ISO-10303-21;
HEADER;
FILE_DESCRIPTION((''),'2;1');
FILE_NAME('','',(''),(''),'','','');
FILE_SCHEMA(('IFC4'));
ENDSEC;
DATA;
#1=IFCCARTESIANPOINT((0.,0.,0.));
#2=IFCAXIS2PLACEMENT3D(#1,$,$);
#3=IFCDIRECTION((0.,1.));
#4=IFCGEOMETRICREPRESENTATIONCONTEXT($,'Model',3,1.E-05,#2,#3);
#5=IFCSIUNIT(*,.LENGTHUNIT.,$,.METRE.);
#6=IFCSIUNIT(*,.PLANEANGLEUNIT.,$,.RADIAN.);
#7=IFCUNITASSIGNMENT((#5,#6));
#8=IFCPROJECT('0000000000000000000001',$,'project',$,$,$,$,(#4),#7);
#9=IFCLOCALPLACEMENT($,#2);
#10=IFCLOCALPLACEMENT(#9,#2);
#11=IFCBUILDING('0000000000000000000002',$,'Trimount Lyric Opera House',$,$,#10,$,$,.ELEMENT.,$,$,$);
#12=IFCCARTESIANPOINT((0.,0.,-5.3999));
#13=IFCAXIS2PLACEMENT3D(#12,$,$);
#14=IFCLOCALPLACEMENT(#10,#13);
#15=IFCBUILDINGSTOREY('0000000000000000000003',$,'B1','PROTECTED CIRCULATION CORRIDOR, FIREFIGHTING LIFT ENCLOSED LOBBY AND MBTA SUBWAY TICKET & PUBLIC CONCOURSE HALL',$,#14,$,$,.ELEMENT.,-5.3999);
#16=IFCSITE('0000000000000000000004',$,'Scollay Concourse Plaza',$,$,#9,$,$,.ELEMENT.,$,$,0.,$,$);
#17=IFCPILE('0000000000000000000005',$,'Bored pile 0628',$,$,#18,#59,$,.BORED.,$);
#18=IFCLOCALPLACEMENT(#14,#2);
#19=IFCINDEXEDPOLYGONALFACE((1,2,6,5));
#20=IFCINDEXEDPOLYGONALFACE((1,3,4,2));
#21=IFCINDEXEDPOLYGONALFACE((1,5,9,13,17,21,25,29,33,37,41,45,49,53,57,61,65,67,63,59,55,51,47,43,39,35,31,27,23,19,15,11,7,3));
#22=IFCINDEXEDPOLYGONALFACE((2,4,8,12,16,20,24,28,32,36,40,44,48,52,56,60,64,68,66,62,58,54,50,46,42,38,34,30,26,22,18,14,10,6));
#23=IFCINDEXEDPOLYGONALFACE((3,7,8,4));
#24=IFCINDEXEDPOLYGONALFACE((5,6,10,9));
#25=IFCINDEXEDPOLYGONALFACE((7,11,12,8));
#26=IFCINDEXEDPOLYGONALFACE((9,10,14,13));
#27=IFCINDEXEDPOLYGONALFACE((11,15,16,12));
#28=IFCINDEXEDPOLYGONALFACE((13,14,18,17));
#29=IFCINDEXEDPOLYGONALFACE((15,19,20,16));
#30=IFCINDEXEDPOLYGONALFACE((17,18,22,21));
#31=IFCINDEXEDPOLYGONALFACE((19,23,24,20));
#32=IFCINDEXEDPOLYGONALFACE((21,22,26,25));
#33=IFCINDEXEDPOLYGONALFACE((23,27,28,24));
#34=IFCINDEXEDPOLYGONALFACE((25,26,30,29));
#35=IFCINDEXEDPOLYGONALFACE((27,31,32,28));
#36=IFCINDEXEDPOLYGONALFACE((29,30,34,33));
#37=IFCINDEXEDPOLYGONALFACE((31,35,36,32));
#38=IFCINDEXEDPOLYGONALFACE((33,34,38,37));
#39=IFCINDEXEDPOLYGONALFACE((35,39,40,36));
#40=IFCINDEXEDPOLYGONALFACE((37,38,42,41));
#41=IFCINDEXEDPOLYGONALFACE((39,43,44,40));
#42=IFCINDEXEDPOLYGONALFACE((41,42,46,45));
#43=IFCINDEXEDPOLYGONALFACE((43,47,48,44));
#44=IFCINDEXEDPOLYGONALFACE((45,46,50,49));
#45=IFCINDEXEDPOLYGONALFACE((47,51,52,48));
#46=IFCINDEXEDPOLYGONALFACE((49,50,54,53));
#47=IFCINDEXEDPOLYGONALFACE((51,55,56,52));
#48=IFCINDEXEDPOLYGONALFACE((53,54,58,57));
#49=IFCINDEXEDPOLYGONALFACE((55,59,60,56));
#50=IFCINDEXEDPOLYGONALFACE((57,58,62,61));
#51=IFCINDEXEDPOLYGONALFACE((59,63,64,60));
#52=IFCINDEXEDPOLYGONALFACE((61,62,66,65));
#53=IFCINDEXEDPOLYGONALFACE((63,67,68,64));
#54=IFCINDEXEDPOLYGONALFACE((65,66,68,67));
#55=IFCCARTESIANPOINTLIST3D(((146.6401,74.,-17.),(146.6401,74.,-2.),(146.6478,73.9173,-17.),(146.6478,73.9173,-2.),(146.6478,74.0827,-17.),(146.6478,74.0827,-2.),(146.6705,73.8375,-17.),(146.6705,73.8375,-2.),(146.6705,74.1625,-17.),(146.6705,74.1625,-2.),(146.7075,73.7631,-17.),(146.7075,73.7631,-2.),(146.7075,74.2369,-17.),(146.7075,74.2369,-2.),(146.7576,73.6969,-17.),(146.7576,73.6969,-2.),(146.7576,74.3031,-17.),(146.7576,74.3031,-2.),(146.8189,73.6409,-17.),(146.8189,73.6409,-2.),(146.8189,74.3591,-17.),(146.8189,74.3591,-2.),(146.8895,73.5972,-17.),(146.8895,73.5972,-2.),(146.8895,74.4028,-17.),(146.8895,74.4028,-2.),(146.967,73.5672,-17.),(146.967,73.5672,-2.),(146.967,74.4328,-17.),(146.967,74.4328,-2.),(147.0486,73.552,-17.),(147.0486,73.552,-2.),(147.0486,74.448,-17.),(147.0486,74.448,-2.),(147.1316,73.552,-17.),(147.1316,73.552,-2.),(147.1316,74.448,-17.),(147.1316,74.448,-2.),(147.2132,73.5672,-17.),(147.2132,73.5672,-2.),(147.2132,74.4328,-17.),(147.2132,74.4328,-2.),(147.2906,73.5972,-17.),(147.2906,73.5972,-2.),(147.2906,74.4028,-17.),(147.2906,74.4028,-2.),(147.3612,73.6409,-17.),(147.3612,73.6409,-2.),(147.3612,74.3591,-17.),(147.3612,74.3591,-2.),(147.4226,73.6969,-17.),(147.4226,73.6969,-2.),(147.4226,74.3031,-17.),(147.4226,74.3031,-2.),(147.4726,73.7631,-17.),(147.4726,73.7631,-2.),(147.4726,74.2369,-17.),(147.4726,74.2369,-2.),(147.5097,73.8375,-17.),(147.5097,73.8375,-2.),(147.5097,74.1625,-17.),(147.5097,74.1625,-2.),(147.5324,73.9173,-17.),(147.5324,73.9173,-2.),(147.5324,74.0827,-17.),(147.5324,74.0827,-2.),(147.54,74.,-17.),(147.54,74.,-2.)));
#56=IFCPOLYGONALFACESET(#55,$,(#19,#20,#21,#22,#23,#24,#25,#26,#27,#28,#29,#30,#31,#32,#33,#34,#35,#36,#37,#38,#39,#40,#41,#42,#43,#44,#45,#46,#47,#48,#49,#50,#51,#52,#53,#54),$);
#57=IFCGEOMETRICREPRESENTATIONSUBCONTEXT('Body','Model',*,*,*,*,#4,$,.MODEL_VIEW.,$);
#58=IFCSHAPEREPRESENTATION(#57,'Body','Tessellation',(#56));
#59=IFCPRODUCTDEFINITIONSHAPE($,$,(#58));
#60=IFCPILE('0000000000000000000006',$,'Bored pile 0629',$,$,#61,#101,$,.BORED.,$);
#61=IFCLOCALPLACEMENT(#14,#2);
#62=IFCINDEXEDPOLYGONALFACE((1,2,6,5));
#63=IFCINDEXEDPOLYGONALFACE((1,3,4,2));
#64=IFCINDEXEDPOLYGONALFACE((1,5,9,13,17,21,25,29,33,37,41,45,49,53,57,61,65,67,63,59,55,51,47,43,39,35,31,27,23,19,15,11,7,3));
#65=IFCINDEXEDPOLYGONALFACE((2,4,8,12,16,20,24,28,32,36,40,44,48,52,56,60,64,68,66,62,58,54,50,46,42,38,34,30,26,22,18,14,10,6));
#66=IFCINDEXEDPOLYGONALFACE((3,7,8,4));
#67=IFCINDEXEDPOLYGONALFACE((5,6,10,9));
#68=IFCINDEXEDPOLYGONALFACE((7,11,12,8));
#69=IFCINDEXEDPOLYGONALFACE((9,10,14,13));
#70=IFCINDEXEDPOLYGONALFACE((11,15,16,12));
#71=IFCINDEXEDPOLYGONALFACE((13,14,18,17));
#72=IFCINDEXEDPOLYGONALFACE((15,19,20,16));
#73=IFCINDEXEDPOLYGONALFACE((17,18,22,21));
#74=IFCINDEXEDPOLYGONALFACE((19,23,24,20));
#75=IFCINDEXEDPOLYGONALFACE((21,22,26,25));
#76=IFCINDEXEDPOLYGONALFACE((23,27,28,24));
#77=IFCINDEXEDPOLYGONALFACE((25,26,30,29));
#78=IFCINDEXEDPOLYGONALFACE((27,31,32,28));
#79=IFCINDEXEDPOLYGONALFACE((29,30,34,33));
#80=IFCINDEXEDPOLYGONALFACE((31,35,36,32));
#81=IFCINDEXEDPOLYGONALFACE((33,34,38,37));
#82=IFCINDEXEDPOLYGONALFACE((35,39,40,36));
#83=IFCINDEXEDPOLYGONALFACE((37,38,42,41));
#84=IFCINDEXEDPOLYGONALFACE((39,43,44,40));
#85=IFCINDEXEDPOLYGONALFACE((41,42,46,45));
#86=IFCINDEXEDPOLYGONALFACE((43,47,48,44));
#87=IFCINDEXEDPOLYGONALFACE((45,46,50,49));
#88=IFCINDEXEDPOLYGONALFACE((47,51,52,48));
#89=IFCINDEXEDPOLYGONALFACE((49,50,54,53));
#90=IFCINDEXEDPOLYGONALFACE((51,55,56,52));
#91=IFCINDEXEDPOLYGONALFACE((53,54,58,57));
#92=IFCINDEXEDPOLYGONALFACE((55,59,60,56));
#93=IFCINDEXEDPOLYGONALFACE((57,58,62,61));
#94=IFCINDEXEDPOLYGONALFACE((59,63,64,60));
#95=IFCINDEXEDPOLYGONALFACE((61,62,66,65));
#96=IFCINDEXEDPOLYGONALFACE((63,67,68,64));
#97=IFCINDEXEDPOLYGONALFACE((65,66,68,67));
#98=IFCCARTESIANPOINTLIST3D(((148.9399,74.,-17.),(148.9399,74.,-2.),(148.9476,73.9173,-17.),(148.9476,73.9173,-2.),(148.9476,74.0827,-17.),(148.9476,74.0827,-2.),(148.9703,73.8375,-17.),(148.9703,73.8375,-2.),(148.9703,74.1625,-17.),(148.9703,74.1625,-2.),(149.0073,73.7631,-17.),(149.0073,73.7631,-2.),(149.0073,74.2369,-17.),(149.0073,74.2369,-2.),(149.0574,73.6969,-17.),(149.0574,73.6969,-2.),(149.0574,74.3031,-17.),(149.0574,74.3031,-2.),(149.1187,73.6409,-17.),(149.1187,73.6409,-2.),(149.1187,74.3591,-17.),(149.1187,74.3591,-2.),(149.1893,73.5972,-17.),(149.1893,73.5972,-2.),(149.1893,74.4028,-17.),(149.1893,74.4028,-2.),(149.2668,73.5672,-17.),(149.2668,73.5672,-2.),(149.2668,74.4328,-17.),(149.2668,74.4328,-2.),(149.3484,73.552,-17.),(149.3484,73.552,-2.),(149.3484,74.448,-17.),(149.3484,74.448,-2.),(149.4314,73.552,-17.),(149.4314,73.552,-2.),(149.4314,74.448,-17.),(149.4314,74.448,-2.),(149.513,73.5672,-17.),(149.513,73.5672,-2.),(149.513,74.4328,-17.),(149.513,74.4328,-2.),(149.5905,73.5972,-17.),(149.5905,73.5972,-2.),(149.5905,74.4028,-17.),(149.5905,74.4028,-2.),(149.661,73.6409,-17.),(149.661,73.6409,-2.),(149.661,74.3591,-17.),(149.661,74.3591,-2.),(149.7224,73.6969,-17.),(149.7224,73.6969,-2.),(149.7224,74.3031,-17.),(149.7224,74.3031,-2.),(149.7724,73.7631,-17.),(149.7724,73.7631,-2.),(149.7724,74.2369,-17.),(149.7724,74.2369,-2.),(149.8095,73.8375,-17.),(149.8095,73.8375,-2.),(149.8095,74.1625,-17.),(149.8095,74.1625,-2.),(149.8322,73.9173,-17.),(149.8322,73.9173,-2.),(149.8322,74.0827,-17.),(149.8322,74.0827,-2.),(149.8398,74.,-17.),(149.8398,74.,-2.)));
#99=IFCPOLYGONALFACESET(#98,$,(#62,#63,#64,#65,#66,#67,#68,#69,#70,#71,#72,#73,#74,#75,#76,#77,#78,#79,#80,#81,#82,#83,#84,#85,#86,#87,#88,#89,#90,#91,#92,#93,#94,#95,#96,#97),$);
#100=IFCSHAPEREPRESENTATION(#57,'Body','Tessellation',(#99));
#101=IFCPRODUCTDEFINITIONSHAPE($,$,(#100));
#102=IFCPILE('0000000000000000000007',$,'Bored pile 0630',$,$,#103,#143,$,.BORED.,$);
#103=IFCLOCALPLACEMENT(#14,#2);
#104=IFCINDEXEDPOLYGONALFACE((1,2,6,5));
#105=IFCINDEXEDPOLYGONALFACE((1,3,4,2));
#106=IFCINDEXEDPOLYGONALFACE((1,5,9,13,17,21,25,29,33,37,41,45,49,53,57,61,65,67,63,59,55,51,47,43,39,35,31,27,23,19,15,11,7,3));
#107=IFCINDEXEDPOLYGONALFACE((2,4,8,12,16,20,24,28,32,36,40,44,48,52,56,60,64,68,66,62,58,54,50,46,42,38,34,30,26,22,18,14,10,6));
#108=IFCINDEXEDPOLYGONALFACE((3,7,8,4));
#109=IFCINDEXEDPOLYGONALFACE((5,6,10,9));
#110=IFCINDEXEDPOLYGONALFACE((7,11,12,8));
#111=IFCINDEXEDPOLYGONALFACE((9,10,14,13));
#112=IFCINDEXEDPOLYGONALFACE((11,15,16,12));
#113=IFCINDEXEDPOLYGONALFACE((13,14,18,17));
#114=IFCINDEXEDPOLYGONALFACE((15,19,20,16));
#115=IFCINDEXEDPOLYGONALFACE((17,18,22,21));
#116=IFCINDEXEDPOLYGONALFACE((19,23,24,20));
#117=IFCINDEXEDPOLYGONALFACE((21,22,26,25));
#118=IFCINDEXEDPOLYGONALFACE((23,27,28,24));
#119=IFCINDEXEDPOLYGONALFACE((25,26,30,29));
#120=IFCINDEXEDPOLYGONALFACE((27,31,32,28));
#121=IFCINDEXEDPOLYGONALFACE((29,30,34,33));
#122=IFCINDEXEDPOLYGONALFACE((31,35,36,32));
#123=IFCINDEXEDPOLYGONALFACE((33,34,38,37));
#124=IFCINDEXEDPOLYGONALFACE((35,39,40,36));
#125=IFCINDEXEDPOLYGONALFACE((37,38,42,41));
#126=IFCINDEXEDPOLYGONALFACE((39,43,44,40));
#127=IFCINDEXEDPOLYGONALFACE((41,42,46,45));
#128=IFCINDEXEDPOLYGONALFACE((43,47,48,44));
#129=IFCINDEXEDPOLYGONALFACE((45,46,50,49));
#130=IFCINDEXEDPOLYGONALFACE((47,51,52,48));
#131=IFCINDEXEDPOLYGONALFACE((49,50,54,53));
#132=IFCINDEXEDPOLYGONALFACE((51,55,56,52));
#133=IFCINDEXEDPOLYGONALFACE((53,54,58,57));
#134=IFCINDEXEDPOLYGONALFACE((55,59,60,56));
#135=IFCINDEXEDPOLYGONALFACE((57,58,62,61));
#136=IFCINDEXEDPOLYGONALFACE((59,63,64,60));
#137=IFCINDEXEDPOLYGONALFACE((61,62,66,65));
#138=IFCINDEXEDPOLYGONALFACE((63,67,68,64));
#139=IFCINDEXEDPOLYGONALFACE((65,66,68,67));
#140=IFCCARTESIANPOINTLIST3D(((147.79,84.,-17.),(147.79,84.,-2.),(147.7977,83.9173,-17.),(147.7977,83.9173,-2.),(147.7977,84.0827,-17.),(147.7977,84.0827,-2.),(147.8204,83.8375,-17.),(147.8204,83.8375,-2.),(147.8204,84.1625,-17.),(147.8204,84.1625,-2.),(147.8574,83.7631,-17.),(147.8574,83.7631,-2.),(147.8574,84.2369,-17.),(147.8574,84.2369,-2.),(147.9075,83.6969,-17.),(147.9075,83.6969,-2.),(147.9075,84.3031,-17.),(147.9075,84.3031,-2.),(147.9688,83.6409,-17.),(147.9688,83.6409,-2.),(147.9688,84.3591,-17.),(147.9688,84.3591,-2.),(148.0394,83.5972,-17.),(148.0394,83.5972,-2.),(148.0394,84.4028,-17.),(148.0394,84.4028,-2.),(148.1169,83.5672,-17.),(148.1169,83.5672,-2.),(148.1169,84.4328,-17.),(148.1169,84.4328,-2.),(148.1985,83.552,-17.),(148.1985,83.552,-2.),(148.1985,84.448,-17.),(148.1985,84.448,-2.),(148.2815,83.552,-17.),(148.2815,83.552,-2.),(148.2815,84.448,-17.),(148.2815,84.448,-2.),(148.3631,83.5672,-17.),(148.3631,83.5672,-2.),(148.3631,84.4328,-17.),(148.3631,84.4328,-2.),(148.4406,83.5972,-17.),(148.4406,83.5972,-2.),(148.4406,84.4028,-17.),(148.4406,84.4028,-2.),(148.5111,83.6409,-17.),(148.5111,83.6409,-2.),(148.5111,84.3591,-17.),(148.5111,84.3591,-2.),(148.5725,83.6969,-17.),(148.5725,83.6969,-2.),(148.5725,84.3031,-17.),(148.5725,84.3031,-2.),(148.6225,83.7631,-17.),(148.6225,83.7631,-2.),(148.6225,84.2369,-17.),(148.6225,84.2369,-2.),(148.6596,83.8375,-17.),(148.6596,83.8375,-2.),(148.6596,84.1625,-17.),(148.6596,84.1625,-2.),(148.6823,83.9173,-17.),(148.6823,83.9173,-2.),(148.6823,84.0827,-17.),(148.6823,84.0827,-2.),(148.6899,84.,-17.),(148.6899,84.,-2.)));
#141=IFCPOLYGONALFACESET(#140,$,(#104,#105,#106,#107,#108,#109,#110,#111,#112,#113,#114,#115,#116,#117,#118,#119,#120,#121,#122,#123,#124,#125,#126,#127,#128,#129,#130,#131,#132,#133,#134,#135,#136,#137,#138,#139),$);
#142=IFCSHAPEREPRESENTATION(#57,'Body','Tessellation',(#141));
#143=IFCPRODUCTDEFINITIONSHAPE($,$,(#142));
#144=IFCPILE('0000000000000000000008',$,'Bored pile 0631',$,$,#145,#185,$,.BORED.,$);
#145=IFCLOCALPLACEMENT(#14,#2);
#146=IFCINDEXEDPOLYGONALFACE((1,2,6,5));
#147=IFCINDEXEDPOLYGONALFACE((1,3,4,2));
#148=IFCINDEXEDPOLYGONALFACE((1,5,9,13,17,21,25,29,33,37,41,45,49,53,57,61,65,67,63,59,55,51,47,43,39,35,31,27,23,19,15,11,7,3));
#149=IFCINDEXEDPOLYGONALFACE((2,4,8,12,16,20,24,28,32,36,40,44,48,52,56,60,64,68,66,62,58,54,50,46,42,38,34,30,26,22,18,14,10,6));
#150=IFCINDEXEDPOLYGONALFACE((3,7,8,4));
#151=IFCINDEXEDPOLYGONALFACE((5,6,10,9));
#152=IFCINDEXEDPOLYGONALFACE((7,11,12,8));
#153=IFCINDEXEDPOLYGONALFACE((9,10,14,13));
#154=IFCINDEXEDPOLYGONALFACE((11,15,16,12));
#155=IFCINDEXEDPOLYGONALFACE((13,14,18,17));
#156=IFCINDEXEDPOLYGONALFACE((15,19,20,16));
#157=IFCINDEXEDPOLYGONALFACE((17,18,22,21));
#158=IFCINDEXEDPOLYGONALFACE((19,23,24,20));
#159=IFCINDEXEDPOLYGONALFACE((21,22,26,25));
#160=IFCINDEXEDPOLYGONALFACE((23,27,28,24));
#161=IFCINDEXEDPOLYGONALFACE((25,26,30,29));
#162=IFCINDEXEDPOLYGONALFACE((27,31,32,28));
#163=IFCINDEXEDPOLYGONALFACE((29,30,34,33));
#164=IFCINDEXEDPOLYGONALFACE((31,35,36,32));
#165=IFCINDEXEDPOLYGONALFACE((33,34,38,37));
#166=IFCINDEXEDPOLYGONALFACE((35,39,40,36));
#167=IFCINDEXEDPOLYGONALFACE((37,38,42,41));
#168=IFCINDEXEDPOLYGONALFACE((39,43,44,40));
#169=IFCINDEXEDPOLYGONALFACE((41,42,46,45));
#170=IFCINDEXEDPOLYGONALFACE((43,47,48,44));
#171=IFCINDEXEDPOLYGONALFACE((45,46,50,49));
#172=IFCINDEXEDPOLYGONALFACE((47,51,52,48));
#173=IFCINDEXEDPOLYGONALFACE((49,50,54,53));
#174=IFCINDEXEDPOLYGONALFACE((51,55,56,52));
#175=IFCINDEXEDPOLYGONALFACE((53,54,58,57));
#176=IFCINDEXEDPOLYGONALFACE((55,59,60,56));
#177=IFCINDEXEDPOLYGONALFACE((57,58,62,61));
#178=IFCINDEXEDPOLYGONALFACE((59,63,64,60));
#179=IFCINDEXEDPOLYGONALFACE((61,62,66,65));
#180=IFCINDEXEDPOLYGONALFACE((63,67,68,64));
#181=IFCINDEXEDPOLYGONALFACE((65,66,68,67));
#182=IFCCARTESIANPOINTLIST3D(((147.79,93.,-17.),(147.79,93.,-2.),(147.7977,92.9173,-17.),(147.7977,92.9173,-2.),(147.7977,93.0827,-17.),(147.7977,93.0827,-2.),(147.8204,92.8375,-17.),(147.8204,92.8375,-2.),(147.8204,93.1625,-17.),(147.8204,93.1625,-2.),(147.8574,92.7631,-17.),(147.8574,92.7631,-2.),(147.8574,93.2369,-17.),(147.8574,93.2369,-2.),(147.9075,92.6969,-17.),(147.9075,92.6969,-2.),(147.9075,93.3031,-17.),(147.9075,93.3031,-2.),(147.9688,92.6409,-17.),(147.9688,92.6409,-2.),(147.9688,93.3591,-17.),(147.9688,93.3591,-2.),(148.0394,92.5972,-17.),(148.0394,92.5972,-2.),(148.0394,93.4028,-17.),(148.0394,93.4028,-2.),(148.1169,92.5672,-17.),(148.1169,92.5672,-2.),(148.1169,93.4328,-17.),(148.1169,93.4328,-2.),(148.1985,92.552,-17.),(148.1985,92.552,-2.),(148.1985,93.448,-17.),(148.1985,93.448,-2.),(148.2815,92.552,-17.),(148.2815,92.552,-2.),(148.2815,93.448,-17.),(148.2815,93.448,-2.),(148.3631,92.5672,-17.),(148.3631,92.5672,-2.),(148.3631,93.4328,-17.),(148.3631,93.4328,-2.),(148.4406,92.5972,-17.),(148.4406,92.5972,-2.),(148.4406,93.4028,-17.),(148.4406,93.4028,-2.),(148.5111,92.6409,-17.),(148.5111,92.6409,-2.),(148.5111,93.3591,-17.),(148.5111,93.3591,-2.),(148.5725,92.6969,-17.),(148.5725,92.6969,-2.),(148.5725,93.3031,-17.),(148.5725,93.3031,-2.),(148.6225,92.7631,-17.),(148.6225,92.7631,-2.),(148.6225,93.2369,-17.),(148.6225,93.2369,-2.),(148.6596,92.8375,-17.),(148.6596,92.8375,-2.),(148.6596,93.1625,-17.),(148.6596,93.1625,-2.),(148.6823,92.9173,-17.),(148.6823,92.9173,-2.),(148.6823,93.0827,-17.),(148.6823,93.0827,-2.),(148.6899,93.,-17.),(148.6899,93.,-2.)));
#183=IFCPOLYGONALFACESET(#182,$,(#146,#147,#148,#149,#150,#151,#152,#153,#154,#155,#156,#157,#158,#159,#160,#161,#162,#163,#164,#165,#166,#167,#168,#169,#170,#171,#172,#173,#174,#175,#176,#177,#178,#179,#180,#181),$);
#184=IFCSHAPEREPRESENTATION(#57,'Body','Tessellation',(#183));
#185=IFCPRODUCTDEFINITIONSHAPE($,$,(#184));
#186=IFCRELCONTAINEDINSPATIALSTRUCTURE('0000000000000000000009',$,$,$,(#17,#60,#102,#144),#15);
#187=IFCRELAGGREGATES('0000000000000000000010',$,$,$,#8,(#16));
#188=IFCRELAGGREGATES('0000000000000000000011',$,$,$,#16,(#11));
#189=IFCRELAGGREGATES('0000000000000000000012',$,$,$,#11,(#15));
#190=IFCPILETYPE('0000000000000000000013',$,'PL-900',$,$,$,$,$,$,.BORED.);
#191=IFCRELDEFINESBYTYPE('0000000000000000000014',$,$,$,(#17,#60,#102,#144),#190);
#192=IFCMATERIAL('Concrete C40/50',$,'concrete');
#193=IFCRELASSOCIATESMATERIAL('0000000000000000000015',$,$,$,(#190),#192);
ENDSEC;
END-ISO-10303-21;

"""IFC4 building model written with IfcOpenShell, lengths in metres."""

from ifc_helpers import new_model, si_unit, direction, frame, origin, origin_2d, place, context, subcontext, project, spatial, circle, extrude, material, material_profile, profile_set, type_object, element, save


model = new_model("IFC4")

# Units and contexts
model_context = context("Model", 3, precision=1e-05, world=origin(), true_north=direction((0.0, 1.0)))
body_context = subcontext(model_context, "Body", "Model", "MODEL_VIEW")
ifc_project = project(units=[si_unit("LENGTHUNIT", "METRE"), si_unit("PLANEANGLEUNIT", "RADIAN")], contexts=[model_context])

# Site, building, storey
site_placement = place(None, origin())
site = spatial("IfcSite", under=ifc_project, at=site_placement, Name="Scollay Concourse Plaza", CompositionType="ELEMENT", RefElevation=0.0)
building_placement = place(site_placement, origin())
building = spatial("IfcBuilding", under=site, at=building_placement, Name="Trimount Lyric Opera House", CompositionType="ELEMENT")
storey_placement = place(building_placement, frame((0.0, 0.0, -5.3999)))
storey = spatial("IfcBuildingStorey", under=building, at=storey_placement, Name="B1", Description="PROTECTED CIRCULATION CORRIDOR, FIREFIGHTING LIFT ENCLOSED LOBBY AND MBTA SUBWAY TICKET & PUBLIC CONCOURSE HALL", CompositionType="ELEMENT", Elevation=-5.3999)

# Piles
ifc_material_1 = material(Name="Concrete C40/50", Category="concrete")
ifc_material_profile_1 = material_profile(ifc_material_1, circle(Radius=0.45, at=origin_2d()), Name="PILE-D900")
ifc_profile_set_1 = profile_set([ifc_material_profile_1], Name="Concrete C40/50")
pile_type_1 = type_object("IfcPileType", Name="PL-900", PredefinedType="BORED", material=ifc_profile_set_1)
for number, where, z_axis, x_axis, name in (
    (1, (147.0901, 74.0, -2.0), (0.0, 0.0, -1.0), (1.0, 0.0, 0.0), "Bored pile 0628"),
    (2, (149.3899, 74.0, -2.0), (0.0, 0.0, -1.0), (1.0, 0.0, 0.0), "Bored pile 0629"),
    (3, (148.24, 84.0, -2.0), (0.0, 0.0, -1.0), (1.0, 0.0, 0.0), "Bored pile 0630"),
    (4, (148.24, 93.0, -2.0), (0.0, 0.0, -1.0), (1.0, 0.0, 0.0), "Bored pile 0631"),
):
    element("IfcPile", number, at=place(storey_placement, frame(where, z_axis=z_axis, x_axis=x_axis)), inside=storey, type_object=pile_type_1, Name=name, PredefinedType="BORED", context=body_context, shape_type="SweptSolid", body=[
        extrude(circle(Radius=0.45, at=origin_2d()), origin(), (0.0, 0.0, 1.0), 15.0),
    ])

save(model, "model.ifc")
